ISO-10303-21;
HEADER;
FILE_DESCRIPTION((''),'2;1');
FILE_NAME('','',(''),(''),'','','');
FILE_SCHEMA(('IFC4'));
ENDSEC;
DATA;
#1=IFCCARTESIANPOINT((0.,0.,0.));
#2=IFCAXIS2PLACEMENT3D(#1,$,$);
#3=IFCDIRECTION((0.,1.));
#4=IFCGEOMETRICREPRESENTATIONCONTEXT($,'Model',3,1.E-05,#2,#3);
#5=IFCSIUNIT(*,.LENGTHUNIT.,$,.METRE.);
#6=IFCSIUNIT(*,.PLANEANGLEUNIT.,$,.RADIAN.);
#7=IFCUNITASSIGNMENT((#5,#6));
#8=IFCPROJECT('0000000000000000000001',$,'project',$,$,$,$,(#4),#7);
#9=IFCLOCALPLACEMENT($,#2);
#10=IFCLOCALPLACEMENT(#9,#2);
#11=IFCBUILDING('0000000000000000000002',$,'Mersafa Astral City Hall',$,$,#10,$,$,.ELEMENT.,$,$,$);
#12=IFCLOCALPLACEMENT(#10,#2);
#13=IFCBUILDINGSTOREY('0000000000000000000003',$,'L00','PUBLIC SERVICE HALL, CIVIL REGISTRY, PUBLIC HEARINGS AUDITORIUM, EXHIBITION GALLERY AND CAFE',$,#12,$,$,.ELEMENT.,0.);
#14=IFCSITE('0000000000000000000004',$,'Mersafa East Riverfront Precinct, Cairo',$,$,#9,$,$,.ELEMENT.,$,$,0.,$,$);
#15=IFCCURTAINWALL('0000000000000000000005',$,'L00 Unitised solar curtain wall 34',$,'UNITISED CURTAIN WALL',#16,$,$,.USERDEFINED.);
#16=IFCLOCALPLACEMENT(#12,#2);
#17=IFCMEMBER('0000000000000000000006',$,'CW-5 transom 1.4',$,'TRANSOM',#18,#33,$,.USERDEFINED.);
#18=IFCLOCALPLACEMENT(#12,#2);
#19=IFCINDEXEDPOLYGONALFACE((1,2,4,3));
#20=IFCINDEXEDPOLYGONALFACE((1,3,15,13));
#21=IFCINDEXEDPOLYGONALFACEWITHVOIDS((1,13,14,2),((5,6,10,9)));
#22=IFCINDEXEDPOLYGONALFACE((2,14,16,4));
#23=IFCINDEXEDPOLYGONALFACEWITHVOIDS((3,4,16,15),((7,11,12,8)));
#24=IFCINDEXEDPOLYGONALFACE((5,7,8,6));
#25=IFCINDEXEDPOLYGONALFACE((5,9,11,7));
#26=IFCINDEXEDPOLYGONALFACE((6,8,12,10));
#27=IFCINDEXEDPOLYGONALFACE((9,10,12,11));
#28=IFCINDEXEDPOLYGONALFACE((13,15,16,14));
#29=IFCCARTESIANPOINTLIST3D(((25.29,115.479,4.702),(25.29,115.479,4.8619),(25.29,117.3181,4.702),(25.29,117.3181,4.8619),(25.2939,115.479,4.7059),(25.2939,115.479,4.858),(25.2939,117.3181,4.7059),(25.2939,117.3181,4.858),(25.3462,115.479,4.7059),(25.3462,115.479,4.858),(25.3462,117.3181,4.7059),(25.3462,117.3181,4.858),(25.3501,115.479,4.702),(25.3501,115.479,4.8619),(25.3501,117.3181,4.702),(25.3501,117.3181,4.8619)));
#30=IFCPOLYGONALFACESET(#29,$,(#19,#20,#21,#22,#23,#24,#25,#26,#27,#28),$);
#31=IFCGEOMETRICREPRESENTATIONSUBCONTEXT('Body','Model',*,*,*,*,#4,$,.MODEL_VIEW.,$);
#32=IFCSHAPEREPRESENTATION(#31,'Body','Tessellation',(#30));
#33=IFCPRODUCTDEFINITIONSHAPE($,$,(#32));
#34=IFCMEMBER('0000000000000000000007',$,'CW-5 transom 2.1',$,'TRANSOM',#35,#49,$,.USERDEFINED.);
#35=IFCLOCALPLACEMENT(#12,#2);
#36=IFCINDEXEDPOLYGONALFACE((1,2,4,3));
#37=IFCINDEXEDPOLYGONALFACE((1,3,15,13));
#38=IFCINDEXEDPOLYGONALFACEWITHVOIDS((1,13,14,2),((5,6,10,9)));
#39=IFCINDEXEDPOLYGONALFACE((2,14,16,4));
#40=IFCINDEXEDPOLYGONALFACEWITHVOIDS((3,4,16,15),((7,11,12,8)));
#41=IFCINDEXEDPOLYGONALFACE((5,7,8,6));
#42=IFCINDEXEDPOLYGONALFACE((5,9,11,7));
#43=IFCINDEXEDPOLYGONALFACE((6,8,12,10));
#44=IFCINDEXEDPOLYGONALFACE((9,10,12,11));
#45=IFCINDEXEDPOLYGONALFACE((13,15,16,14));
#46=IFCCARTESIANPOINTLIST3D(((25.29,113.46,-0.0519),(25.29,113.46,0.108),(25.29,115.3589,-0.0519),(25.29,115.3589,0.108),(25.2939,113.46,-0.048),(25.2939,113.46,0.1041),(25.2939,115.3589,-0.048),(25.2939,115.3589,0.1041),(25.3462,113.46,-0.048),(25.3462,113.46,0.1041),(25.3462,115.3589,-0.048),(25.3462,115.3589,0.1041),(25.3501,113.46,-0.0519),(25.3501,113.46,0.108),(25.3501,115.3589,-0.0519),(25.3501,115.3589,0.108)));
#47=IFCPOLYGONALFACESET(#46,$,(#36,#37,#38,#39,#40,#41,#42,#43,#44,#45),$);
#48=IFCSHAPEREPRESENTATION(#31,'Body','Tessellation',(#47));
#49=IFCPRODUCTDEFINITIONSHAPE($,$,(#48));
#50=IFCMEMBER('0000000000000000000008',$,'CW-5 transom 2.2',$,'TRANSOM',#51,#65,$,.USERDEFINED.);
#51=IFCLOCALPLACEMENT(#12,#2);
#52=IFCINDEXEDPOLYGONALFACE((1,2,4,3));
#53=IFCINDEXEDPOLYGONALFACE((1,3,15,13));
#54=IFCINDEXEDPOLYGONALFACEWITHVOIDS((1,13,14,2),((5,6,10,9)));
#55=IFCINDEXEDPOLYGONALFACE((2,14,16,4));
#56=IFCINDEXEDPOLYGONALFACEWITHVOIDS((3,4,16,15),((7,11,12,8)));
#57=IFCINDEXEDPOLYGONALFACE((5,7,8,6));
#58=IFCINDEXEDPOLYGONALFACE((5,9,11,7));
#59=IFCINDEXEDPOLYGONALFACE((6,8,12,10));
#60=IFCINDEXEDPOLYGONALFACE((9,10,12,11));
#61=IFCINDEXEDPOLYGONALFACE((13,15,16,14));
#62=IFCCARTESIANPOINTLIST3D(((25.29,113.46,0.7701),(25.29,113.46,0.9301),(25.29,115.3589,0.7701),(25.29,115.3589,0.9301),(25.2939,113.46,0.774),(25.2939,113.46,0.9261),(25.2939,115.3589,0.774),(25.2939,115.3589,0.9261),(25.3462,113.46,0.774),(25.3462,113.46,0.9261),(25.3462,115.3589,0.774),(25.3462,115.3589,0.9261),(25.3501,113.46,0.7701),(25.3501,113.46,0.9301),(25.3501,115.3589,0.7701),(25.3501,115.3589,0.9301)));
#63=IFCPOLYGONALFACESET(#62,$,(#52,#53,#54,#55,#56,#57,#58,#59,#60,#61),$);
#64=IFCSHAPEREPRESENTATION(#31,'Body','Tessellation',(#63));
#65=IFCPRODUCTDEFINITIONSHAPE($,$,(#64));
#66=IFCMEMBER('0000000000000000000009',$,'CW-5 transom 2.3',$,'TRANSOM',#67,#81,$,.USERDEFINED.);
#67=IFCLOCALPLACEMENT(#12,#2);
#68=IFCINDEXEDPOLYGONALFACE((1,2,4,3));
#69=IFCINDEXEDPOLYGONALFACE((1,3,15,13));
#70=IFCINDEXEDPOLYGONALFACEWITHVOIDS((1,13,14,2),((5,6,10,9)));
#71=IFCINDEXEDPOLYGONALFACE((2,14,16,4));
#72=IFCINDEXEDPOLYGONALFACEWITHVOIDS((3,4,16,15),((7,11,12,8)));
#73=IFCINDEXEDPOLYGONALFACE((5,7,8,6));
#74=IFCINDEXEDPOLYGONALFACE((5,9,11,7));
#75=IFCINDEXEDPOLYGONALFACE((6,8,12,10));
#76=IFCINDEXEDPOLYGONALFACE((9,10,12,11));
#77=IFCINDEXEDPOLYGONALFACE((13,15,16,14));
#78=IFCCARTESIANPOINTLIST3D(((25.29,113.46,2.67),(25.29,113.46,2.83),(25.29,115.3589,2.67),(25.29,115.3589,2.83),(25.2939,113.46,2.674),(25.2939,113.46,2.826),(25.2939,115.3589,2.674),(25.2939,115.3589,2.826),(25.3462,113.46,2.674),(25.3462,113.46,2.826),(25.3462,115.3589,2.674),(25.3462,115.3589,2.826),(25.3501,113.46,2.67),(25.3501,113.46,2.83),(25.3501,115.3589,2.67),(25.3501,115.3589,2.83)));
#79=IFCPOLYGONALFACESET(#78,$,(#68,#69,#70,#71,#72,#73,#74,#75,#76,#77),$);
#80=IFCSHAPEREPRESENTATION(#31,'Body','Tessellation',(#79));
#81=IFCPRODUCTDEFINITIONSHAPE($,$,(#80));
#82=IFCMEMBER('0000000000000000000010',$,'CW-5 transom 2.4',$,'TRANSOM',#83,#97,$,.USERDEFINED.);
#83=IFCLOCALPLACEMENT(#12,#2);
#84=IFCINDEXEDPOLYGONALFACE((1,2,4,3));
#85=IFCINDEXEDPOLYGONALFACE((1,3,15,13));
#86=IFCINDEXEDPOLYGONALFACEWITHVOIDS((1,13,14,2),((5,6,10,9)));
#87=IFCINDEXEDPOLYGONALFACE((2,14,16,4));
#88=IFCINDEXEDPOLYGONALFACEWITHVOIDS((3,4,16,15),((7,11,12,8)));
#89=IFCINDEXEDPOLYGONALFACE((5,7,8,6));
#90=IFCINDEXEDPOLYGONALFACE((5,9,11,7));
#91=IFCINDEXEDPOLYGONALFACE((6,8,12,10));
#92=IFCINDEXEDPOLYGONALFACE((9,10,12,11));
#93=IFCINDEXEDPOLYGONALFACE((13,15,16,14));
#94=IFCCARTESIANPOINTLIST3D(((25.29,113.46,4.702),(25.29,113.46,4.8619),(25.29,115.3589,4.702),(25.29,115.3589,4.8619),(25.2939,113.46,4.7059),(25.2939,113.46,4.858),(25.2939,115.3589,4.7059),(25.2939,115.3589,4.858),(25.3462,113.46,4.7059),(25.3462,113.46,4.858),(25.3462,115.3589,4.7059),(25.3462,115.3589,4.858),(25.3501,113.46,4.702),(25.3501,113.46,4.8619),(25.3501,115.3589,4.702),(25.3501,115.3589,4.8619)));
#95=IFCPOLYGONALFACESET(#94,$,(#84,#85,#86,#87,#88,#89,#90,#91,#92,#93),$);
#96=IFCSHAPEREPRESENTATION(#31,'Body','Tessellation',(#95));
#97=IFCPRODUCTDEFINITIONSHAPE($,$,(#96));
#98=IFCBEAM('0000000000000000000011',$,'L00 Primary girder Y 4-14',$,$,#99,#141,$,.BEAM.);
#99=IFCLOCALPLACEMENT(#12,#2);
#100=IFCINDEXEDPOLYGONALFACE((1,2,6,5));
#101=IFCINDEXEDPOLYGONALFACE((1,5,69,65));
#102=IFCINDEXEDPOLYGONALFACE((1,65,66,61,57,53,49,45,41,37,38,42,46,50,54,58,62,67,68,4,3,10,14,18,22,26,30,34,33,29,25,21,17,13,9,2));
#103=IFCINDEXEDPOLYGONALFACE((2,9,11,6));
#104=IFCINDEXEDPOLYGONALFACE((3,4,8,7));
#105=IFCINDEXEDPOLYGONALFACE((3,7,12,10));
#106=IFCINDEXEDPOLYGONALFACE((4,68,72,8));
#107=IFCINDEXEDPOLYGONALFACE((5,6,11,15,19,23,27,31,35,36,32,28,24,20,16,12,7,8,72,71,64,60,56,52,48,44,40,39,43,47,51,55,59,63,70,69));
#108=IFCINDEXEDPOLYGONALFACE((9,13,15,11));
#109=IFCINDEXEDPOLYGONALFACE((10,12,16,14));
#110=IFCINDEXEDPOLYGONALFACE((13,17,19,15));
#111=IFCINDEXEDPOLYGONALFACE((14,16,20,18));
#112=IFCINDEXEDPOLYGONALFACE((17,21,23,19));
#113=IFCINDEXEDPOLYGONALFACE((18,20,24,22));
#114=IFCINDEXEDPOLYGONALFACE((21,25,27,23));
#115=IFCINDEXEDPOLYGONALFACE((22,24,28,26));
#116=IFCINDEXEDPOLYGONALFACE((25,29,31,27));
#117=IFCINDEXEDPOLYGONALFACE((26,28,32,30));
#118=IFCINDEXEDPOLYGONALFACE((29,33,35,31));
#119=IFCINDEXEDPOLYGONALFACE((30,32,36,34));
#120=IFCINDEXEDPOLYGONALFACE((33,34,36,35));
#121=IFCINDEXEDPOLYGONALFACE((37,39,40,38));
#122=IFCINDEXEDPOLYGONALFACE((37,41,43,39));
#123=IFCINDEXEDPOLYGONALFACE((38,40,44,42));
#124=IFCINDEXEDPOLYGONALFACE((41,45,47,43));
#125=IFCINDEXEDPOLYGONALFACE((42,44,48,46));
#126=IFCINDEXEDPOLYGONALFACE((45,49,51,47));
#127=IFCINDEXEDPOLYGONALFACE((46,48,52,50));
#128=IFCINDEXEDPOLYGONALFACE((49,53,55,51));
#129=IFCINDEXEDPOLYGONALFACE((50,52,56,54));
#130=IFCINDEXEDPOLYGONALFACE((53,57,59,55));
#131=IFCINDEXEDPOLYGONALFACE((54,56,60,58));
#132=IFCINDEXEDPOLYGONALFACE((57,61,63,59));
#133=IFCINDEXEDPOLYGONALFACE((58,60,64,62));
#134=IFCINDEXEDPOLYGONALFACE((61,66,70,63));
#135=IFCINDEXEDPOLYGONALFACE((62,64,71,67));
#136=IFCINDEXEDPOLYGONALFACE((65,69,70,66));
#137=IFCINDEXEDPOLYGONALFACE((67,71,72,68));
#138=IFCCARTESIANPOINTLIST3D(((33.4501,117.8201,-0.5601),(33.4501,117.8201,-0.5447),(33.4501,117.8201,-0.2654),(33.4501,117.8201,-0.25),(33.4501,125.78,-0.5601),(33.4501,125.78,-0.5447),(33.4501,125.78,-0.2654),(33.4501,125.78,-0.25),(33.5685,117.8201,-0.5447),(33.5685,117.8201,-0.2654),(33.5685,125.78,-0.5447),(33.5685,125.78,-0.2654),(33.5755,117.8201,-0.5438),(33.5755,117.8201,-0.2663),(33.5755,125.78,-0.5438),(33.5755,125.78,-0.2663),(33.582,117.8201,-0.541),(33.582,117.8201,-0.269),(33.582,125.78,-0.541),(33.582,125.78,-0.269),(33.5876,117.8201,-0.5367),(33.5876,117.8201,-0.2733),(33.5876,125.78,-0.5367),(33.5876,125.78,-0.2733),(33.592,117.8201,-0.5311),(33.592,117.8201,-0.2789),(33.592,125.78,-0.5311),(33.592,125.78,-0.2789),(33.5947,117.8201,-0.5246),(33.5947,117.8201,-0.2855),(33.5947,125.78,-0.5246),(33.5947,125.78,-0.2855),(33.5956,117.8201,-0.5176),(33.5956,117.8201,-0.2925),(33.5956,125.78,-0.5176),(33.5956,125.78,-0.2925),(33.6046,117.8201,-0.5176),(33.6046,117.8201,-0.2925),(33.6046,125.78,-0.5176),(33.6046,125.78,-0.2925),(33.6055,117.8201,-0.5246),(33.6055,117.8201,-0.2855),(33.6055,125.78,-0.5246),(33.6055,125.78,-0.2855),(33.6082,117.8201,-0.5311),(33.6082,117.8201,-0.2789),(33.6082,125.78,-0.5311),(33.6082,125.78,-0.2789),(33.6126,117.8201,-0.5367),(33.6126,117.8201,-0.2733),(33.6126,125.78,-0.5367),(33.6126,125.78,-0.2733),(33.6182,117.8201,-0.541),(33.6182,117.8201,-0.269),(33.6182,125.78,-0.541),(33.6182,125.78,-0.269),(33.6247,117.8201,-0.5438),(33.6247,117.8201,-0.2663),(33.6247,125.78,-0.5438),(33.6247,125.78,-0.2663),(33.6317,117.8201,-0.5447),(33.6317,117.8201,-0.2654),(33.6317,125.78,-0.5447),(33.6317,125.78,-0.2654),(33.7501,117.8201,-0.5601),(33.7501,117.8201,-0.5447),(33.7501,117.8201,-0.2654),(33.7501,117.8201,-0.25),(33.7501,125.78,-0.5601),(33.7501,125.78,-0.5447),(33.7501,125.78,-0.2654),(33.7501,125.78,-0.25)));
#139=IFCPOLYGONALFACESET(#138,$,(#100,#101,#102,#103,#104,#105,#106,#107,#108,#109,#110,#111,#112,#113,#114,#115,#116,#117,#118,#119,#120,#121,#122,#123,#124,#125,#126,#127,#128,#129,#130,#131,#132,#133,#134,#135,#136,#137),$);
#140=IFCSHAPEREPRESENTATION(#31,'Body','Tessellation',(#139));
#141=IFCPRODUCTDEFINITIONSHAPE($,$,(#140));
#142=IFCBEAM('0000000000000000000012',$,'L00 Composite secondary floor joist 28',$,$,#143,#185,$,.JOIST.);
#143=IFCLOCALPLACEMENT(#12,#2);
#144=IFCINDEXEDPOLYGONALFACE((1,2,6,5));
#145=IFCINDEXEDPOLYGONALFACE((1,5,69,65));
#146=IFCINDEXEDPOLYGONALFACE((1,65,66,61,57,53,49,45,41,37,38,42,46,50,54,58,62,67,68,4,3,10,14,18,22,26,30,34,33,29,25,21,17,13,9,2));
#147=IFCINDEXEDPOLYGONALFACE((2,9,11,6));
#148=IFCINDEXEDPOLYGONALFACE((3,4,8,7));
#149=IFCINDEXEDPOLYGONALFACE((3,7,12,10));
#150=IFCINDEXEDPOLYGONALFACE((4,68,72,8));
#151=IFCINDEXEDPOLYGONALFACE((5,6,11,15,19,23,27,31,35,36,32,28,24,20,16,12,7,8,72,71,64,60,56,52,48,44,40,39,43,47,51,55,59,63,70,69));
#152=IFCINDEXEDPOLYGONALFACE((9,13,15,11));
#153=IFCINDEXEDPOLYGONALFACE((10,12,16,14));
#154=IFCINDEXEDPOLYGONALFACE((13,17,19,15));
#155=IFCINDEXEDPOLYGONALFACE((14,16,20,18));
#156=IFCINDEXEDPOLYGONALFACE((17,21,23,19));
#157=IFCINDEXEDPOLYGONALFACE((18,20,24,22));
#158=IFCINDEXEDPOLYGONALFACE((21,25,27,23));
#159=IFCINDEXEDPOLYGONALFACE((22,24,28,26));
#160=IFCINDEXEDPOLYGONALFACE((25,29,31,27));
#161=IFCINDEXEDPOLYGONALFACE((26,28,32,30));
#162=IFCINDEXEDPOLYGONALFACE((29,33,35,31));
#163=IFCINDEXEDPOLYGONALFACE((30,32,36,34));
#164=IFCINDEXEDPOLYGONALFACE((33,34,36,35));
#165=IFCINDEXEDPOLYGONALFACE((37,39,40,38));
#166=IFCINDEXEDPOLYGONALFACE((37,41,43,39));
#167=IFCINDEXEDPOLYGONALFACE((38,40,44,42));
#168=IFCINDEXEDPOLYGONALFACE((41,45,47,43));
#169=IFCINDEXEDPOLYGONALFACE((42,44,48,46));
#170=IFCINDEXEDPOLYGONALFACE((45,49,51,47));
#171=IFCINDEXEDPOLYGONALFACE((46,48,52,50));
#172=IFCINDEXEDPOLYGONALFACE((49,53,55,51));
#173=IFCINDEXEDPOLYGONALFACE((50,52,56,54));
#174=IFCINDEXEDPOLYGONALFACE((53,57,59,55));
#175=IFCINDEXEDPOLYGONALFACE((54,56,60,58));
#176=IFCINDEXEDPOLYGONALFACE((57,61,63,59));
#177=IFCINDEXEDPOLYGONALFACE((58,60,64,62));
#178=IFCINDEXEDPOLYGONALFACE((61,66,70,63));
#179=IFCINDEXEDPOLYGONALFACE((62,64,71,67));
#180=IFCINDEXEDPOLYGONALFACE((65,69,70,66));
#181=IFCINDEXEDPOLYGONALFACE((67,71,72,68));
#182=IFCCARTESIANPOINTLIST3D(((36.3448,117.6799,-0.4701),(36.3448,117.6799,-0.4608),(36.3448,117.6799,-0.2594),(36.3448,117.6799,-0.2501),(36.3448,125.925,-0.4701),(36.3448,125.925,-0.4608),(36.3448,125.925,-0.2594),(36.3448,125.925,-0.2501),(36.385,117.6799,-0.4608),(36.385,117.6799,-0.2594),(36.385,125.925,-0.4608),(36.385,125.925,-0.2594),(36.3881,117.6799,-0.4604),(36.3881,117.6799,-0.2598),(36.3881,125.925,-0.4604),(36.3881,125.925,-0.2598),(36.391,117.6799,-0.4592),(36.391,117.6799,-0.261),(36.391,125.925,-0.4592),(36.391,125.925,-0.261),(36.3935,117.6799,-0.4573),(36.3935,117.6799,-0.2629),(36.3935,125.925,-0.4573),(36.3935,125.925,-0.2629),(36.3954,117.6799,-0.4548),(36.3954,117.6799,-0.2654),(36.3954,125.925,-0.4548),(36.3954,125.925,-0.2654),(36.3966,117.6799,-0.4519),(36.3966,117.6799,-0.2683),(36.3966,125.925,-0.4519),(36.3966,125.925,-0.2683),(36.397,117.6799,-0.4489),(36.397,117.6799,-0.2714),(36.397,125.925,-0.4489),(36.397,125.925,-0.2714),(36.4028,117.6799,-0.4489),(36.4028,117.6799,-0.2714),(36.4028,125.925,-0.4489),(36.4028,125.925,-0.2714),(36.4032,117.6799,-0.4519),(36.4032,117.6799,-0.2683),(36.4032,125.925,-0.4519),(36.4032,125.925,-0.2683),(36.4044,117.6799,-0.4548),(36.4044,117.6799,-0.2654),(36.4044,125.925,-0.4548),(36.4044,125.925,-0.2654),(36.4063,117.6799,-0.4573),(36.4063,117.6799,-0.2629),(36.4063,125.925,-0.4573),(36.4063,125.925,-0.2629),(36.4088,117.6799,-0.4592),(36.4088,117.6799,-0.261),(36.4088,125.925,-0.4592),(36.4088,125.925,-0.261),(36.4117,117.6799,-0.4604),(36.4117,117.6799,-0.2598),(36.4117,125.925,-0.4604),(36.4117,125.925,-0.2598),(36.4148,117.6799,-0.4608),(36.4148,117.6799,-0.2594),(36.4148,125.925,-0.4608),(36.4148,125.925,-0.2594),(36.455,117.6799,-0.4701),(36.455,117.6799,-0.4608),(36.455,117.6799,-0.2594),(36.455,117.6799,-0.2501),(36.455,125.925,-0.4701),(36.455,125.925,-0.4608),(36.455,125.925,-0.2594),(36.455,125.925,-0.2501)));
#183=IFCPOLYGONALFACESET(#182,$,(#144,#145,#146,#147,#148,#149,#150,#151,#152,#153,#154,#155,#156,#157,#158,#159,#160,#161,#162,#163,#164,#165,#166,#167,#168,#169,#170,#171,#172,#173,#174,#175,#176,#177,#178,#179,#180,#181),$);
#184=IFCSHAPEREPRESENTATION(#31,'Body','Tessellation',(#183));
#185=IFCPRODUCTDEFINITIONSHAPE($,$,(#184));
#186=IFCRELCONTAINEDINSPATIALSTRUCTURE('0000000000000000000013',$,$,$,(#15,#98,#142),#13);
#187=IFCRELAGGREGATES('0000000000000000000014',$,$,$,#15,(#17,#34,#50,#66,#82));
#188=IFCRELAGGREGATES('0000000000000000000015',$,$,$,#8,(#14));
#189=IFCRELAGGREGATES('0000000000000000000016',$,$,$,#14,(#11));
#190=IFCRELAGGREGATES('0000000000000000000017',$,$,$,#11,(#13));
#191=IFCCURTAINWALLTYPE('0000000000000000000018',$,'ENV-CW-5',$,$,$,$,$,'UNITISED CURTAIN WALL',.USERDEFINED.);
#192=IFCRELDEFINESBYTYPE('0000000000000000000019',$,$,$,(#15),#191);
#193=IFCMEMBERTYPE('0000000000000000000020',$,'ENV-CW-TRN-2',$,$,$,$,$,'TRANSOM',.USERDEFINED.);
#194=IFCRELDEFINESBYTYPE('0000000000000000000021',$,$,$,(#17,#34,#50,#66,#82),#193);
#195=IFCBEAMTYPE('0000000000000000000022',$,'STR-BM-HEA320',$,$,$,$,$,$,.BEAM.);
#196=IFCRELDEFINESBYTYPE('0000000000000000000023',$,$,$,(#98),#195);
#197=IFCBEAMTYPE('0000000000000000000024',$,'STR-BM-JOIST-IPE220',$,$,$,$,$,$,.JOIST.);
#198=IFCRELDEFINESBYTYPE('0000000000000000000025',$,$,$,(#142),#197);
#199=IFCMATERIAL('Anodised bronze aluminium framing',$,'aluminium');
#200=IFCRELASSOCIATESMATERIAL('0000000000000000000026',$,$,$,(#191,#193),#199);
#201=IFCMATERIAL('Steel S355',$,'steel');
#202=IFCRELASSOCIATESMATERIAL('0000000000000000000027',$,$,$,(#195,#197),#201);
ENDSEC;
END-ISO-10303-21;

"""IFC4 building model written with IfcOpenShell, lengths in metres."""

from ifc_helpers import new_model, si_unit, direction, frame, origin, origin_2d, place, context, subcontext, project, spatial, hollow_rectangle, i_section, extrude, material, material_profile, profile_set, type_object, element, aggregate, save


model = new_model("IFC4")

# Units and contexts
model_context = context("Model", 3, precision=1e-05, world=origin(), true_north=direction((0.0, 1.0)))
body_context = subcontext(model_context, "Body", "Model", "MODEL_VIEW")
ifc_project = project(units=[si_unit("LENGTHUNIT", "METRE"), si_unit("PLANEANGLEUNIT", "RADIAN")], contexts=[model_context])

# Site, building, storey
site_placement = place(None, origin())
site = spatial("IfcSite", under=ifc_project, at=site_placement, Name="Mersafa East Riverfront Precinct, Cairo", CompositionType="ELEMENT", RefElevation=0.0)
building_placement = place(site_placement, origin())
building = spatial("IfcBuilding", under=site, at=building_placement, Name="Mersafa Astral City Hall", CompositionType="ELEMENT")
storey_placement = place(building_placement, origin())
storey = spatial("IfcBuildingStorey", under=building, at=storey_placement, Name="L00", Description="PUBLIC SERVICE HALL, CIVIL REGISTRY, PUBLIC HEARINGS AUDITORIUM, EXHIBITION GALLERY AND CAFE", CompositionType="ELEMENT", Elevation=0.0)

# Shared definitions
ifc_material_1 = material(Name="Steel S355", Category="steel")

# Curtain wall, members
ifc_material_2 = material(Name="Anodised bronze aluminium framing", Category="aluminium")
curtain_wall_type = type_object("IfcCurtainWallType", Name="ENV-CW-5", ElementType="UNITISED CURTAIN WALL", PredefinedType="USERDEFINED", material=ifc_material_2)
curtain_wall_placement = place(storey_placement, origin())
curtain_wall = element("IfcCurtainWall", 1, at=curtain_wall_placement, inside=storey, type_object=curtain_wall_type, Name="L00 Unitised solar curtain wall 34", ObjectType="UNITISED CURTAIN WALL", PredefinedType="USERDEFINED")
ifc_material_profile_1 = material_profile(ifc_material_2, hollow_rectangle(XDim=0.0601, YDim=0.1599, WallThickness=0.0039, at=origin_2d()), Name="RHS 60x160x4")
ifc_profile_set_1 = profile_set([ifc_material_profile_1], Name="Anodised bronze aluminium framing")
member_type_1 = type_object("IfcMemberType", Name="ENV-CW-TRN-2", ElementType="TRANSOM", PredefinedType="USERDEFINED", material=ifc_profile_set_1)
member_1_placement = place(storey_placement, frame((25.3201, 117.3181, 4.782), z_axis=(0.0, -1.0, 0.0), x_axis=(1.0, 0.0, 0.0)))
member_1 = element("IfcMember", 2, at=member_1_placement, type_object=member_type_1, Name="CW-5 transom 1.4", ObjectType="TRANSOM", PredefinedType="USERDEFINED", context=body_context, shape_type="SweptSolid", body=[
    extrude(hollow_rectangle(XDim=0.0601, YDim=0.1599, WallThickness=0.0039, at=origin_2d()), origin(), (0.0, 0.0, 1.0), 1.8391),
])
member_2_placement = place(storey_placement, frame((25.3201, 115.3589, 0.0281), z_axis=(0.0, -1.0, 0.0), x_axis=(1.0, 0.0, 0.0)))
member_2 = element("IfcMember", 3, at=member_2_placement, type_object=member_type_1, Name="CW-5 transom 2.1", ObjectType="TRANSOM", PredefinedType="USERDEFINED", context=body_context, shape_type="SweptSolid", body=[
    extrude(hollow_rectangle(XDim=0.0601, YDim=0.1599, WallThickness=0.0039, at=origin_2d()), origin(), (0.0, 0.0, 1.0), 1.8989),
])
member_3_placement = place(storey_placement, frame((25.3201, 115.3589, 0.8501), z_axis=(0.0, -1.0, 0.0), x_axis=(1.0, 0.0, 0.0)))
member_3 = element("IfcMember", 4, at=member_3_placement, type_object=member_type_1, Name="CW-5 transom 2.2", ObjectType="TRANSOM", PredefinedType="USERDEFINED", context=body_context, shape_type="SweptSolid", body=[
    extrude(hollow_rectangle(XDim=0.0601, YDim=0.1599, WallThickness=0.0039, at=origin_2d()), origin(), (0.0, 0.0, 1.0), 1.8989),
])
member_4_placement = place(storey_placement, frame((25.3201, 115.3589, 2.75), z_axis=(0.0, -1.0, 0.0), x_axis=(1.0, 0.0, 0.0)))
member_4 = element("IfcMember", 5, at=member_4_placement, type_object=member_type_1, Name="CW-5 transom 2.3", ObjectType="TRANSOM", PredefinedType="USERDEFINED", context=body_context, shape_type="SweptSolid", body=[
    extrude(hollow_rectangle(XDim=0.0601, YDim=0.1599, WallThickness=0.0039, at=origin_2d()), origin(), (0.0, 0.0, 1.0), 1.8989),
])
member_5_placement = place(storey_placement, frame((25.3201, 115.3589, 4.782), z_axis=(0.0, -1.0, 0.0), x_axis=(1.0, 0.0, 0.0)))
member_5 = element("IfcMember", 6, at=member_5_placement, type_object=member_type_1, Name="CW-5 transom 2.4", ObjectType="TRANSOM", PredefinedType="USERDEFINED", context=body_context, shape_type="SweptSolid", body=[
    extrude(hollow_rectangle(XDim=0.0601, YDim=0.1599, WallThickness=0.0039, at=origin_2d()), origin(), (0.0, 0.0, 1.0), 1.8989),
])

# Beams
ifc_material_profile_2 = material_profile(ifc_material_1, i_section(OverallWidth=0.3, OverallDepth=0.3101, WebThickness=0.009, FlangeThickness=0.0154, FilletRadius=0.0271, at=origin_2d()), Name="HEA 320")
ifc_profile_set_2 = profile_set([ifc_material_profile_2], Name="Steel S355")
beam_type_1 = type_object("IfcBeamType", Name="STR-BM-HEA320", PredefinedType="BEAM", material=ifc_profile_set_2)
beam_1_placement = place(storey_placement, frame((33.6001, 117.8201, -0.405), z_axis=(0.0, 1.0, 0.0), x_axis=(-1.0, 0.0, 0.0)))
element("IfcBeam", 7, at=beam_1_placement, inside=storey, type_object=beam_type_1, Name="L00 Primary girder Y 4-14", PredefinedType="BEAM", context=body_context, shape_type="SweptSolid", body=[
    extrude(i_section(OverallWidth=0.3, OverallDepth=0.3101, WebThickness=0.009, FlangeThickness=0.0154, FilletRadius=0.0271, at=origin_2d()), origin(), (0.0, 0.0, 1.0), 7.96),
])
ifc_material_profile_3 = material_profile(ifc_material_1, i_section(OverallWidth=0.1101, OverallDepth=0.22, WebThickness=0.0059, FlangeThickness=0.0093, FilletRadius=0.012, at=origin_2d()), Name="IPE 220")
ifc_profile_set_3 = profile_set([ifc_material_profile_3], Name="Steel S355")
beam_type_2 = type_object("IfcBeamType", Name="STR-BM-JOIST-IPE220", PredefinedType="JOIST", material=ifc_profile_set_3)
beam_2_placement = place(storey_placement, frame((36.3999, 117.6799, -0.3601), z_axis=(0.0, 1.0, 0.0), x_axis=(-1.0, 0.0, 0.0)))
element("IfcBeam", 8, at=beam_2_placement, inside=storey, type_object=beam_type_2, Name="L00 Composite secondary floor joist 28", PredefinedType="JOIST", context=body_context, shape_type="SweptSolid", body=[
    extrude(i_section(OverallWidth=0.1101, OverallDepth=0.22, WebThickness=0.0059, FlangeThickness=0.0093, FilletRadius=0.012, at=origin_2d()), origin(), (0.0, 0.0, 1.0), 8.2451),
])

aggregate(curtain_wall, [member_1, member_2, member_3, member_4, member_5])

save(model, "model.ifc")
